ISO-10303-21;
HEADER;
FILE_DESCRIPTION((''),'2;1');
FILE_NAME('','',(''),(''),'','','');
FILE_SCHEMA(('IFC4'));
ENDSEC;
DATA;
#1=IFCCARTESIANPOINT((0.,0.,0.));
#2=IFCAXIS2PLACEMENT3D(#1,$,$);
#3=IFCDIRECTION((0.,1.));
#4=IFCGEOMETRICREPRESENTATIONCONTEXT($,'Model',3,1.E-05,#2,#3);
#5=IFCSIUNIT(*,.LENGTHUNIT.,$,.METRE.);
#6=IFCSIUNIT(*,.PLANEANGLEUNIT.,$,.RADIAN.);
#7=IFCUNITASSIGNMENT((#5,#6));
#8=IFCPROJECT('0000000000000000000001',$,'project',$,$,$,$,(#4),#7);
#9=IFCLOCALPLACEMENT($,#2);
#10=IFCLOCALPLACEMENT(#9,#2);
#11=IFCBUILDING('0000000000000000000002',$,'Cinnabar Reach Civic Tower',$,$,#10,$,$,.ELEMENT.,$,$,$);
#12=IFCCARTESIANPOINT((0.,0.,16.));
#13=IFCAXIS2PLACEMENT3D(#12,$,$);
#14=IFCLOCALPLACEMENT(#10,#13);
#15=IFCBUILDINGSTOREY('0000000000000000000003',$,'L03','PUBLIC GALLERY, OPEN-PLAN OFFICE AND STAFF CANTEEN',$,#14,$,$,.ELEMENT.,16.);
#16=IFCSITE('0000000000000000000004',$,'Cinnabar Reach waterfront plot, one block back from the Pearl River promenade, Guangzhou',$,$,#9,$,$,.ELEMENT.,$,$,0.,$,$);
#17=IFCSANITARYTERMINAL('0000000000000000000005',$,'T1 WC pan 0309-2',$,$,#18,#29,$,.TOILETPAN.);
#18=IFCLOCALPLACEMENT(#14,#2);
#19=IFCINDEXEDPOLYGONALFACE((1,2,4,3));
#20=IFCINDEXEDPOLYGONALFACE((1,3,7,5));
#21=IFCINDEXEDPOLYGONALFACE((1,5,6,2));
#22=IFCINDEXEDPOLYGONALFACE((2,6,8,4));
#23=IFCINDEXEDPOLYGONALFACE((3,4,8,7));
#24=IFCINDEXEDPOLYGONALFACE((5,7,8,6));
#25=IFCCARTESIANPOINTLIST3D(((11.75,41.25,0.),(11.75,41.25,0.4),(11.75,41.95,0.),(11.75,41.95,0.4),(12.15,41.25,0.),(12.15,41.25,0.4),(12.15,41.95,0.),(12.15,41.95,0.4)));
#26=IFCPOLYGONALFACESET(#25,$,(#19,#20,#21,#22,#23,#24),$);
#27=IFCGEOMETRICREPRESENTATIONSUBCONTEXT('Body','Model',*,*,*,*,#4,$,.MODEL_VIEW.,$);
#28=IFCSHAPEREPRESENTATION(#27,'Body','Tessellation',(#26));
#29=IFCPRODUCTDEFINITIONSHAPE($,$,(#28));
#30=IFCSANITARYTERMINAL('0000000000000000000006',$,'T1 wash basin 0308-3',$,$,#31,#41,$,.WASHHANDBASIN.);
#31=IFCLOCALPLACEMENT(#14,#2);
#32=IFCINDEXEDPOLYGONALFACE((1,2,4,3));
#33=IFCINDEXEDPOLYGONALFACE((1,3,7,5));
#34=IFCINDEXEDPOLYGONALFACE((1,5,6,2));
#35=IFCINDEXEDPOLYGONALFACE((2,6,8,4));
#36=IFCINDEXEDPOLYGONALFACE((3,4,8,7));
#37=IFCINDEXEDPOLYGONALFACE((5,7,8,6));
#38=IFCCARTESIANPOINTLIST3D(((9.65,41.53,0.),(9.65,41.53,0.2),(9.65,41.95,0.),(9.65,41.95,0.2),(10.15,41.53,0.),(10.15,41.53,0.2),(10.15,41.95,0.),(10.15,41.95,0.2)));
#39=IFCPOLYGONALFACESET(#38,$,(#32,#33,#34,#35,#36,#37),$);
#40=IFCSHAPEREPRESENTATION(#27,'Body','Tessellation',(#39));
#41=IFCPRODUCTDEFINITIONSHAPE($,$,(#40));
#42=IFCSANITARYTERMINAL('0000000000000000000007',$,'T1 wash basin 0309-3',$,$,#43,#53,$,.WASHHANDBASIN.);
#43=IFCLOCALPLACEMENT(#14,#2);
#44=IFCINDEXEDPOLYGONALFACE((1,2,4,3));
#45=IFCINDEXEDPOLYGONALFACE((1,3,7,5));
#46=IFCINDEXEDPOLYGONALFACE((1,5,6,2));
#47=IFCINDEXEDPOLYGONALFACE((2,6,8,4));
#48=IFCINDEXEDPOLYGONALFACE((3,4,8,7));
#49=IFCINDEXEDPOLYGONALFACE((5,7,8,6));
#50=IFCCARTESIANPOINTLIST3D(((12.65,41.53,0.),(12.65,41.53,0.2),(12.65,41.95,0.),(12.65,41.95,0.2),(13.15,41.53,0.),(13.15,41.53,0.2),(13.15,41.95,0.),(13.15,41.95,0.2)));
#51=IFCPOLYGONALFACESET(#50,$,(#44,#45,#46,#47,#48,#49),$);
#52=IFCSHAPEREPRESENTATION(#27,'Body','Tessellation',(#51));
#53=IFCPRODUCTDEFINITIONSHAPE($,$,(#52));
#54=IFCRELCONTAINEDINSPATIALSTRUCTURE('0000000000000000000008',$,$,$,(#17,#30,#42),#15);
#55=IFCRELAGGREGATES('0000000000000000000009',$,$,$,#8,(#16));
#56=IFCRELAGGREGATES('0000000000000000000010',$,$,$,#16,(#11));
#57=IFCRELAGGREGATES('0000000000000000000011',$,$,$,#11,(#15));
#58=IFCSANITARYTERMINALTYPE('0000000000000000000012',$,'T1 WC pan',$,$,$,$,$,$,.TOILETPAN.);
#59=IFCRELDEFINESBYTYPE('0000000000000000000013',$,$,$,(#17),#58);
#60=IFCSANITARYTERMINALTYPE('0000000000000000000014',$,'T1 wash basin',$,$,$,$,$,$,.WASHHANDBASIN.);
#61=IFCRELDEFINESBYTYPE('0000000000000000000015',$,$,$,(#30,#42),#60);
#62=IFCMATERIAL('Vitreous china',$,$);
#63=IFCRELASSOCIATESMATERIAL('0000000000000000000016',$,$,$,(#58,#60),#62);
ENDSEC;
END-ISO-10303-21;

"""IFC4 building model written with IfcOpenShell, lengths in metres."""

from ifc_helpers import new_model, si_unit, direction, frame, origin, origin_2d, place, context, subcontext, project, spatial, rectangle, extrude, material, type_object, element, save


model = new_model("IFC4")

# Units and contexts
model_context = context("Model", 3, precision=1e-05, world=origin(), true_north=direction((0.0, 1.0)))
body_context = subcontext(model_context, "Body", "Model", "MODEL_VIEW")
ifc_project = project(units=[si_unit("LENGTHUNIT", "METRE"), si_unit("PLANEANGLEUNIT", "RADIAN")], contexts=[model_context])

# Site, building, storey
site_placement = place(None, origin())
site = spatial("IfcSite", under=ifc_project, at=site_placement, Name="Cinnabar Reach waterfront plot, one block back from the Pearl River promenade, Guangzhou", CompositionType="ELEMENT", RefElevation=0.0)
building_placement = place(site_placement, origin())
building = spatial("IfcBuilding", under=site, at=building_placement, Name="Cinnabar Reach Civic Tower", CompositionType="ELEMENT")
storey_placement = place(building_placement, frame((0.0, 0.0, 16.0)))
storey = spatial("IfcBuildingStorey", under=building, at=storey_placement, Name="L03", Description="PUBLIC GALLERY, OPEN-PLAN OFFICE AND STAFF CANTEEN", CompositionType="ELEMENT", Elevation=16.0)

# Sanitary terminals
ifc_material_1 = material(Name="Vitreous china")
sanitary_terminal_type_1 = type_object("IfcSanitaryTerminalType", Name="T1 WC pan", PredefinedType="TOILETPAN", material=ifc_material_1)
for number, where, z_axis, x_axis, name in (
    (1, (11.95, 41.6, 0.0), (0.0, 0.0, 1.0), (1.0, 0.0, 0.0), "T1 WC pan 0309-2"),
):
    element("IfcSanitaryTerminal", number, at=place(storey_placement, frame(where, z_axis=z_axis, x_axis=x_axis)), inside=storey, type_object=sanitary_terminal_type_1, Name=name, PredefinedType="TOILETPAN", context=body_context, shape_type="SweptSolid", body=[
        extrude(rectangle(XDim=0.4, YDim=0.7, at=origin_2d()), origin(), (0.0, 0.0, 1.0), 0.4),
    ])
sanitary_terminal_type_2 = type_object("IfcSanitaryTerminalType", Name="T1 wash basin", PredefinedType="WASHHANDBASIN", material=ifc_material_1)
for number, where, z_axis, x_axis, name in (
    (2, (9.9, 41.74, 0.0), (0.0, 0.0, 1.0), (1.0, 0.0, 0.0), "T1 wash basin 0308-3"),
    (3, (12.9, 41.74, 0.0), (0.0, 0.0, 1.0), (1.0, 0.0, 0.0), "T1 wash basin 0309-3"),
):
    element("IfcSanitaryTerminal", number, at=place(storey_placement, frame(where, z_axis=z_axis, x_axis=x_axis)), inside=storey, type_object=sanitary_terminal_type_2, Name=name, PredefinedType="WASHHANDBASIN", context=body_context, shape_type="SweptSolid", body=[
        extrude(rectangle(XDim=0.5, YDim=0.42, at=origin_2d()), origin(), (0.0, 0.0, 1.0), 0.2),
    ])

save(model, "model.ifc")
